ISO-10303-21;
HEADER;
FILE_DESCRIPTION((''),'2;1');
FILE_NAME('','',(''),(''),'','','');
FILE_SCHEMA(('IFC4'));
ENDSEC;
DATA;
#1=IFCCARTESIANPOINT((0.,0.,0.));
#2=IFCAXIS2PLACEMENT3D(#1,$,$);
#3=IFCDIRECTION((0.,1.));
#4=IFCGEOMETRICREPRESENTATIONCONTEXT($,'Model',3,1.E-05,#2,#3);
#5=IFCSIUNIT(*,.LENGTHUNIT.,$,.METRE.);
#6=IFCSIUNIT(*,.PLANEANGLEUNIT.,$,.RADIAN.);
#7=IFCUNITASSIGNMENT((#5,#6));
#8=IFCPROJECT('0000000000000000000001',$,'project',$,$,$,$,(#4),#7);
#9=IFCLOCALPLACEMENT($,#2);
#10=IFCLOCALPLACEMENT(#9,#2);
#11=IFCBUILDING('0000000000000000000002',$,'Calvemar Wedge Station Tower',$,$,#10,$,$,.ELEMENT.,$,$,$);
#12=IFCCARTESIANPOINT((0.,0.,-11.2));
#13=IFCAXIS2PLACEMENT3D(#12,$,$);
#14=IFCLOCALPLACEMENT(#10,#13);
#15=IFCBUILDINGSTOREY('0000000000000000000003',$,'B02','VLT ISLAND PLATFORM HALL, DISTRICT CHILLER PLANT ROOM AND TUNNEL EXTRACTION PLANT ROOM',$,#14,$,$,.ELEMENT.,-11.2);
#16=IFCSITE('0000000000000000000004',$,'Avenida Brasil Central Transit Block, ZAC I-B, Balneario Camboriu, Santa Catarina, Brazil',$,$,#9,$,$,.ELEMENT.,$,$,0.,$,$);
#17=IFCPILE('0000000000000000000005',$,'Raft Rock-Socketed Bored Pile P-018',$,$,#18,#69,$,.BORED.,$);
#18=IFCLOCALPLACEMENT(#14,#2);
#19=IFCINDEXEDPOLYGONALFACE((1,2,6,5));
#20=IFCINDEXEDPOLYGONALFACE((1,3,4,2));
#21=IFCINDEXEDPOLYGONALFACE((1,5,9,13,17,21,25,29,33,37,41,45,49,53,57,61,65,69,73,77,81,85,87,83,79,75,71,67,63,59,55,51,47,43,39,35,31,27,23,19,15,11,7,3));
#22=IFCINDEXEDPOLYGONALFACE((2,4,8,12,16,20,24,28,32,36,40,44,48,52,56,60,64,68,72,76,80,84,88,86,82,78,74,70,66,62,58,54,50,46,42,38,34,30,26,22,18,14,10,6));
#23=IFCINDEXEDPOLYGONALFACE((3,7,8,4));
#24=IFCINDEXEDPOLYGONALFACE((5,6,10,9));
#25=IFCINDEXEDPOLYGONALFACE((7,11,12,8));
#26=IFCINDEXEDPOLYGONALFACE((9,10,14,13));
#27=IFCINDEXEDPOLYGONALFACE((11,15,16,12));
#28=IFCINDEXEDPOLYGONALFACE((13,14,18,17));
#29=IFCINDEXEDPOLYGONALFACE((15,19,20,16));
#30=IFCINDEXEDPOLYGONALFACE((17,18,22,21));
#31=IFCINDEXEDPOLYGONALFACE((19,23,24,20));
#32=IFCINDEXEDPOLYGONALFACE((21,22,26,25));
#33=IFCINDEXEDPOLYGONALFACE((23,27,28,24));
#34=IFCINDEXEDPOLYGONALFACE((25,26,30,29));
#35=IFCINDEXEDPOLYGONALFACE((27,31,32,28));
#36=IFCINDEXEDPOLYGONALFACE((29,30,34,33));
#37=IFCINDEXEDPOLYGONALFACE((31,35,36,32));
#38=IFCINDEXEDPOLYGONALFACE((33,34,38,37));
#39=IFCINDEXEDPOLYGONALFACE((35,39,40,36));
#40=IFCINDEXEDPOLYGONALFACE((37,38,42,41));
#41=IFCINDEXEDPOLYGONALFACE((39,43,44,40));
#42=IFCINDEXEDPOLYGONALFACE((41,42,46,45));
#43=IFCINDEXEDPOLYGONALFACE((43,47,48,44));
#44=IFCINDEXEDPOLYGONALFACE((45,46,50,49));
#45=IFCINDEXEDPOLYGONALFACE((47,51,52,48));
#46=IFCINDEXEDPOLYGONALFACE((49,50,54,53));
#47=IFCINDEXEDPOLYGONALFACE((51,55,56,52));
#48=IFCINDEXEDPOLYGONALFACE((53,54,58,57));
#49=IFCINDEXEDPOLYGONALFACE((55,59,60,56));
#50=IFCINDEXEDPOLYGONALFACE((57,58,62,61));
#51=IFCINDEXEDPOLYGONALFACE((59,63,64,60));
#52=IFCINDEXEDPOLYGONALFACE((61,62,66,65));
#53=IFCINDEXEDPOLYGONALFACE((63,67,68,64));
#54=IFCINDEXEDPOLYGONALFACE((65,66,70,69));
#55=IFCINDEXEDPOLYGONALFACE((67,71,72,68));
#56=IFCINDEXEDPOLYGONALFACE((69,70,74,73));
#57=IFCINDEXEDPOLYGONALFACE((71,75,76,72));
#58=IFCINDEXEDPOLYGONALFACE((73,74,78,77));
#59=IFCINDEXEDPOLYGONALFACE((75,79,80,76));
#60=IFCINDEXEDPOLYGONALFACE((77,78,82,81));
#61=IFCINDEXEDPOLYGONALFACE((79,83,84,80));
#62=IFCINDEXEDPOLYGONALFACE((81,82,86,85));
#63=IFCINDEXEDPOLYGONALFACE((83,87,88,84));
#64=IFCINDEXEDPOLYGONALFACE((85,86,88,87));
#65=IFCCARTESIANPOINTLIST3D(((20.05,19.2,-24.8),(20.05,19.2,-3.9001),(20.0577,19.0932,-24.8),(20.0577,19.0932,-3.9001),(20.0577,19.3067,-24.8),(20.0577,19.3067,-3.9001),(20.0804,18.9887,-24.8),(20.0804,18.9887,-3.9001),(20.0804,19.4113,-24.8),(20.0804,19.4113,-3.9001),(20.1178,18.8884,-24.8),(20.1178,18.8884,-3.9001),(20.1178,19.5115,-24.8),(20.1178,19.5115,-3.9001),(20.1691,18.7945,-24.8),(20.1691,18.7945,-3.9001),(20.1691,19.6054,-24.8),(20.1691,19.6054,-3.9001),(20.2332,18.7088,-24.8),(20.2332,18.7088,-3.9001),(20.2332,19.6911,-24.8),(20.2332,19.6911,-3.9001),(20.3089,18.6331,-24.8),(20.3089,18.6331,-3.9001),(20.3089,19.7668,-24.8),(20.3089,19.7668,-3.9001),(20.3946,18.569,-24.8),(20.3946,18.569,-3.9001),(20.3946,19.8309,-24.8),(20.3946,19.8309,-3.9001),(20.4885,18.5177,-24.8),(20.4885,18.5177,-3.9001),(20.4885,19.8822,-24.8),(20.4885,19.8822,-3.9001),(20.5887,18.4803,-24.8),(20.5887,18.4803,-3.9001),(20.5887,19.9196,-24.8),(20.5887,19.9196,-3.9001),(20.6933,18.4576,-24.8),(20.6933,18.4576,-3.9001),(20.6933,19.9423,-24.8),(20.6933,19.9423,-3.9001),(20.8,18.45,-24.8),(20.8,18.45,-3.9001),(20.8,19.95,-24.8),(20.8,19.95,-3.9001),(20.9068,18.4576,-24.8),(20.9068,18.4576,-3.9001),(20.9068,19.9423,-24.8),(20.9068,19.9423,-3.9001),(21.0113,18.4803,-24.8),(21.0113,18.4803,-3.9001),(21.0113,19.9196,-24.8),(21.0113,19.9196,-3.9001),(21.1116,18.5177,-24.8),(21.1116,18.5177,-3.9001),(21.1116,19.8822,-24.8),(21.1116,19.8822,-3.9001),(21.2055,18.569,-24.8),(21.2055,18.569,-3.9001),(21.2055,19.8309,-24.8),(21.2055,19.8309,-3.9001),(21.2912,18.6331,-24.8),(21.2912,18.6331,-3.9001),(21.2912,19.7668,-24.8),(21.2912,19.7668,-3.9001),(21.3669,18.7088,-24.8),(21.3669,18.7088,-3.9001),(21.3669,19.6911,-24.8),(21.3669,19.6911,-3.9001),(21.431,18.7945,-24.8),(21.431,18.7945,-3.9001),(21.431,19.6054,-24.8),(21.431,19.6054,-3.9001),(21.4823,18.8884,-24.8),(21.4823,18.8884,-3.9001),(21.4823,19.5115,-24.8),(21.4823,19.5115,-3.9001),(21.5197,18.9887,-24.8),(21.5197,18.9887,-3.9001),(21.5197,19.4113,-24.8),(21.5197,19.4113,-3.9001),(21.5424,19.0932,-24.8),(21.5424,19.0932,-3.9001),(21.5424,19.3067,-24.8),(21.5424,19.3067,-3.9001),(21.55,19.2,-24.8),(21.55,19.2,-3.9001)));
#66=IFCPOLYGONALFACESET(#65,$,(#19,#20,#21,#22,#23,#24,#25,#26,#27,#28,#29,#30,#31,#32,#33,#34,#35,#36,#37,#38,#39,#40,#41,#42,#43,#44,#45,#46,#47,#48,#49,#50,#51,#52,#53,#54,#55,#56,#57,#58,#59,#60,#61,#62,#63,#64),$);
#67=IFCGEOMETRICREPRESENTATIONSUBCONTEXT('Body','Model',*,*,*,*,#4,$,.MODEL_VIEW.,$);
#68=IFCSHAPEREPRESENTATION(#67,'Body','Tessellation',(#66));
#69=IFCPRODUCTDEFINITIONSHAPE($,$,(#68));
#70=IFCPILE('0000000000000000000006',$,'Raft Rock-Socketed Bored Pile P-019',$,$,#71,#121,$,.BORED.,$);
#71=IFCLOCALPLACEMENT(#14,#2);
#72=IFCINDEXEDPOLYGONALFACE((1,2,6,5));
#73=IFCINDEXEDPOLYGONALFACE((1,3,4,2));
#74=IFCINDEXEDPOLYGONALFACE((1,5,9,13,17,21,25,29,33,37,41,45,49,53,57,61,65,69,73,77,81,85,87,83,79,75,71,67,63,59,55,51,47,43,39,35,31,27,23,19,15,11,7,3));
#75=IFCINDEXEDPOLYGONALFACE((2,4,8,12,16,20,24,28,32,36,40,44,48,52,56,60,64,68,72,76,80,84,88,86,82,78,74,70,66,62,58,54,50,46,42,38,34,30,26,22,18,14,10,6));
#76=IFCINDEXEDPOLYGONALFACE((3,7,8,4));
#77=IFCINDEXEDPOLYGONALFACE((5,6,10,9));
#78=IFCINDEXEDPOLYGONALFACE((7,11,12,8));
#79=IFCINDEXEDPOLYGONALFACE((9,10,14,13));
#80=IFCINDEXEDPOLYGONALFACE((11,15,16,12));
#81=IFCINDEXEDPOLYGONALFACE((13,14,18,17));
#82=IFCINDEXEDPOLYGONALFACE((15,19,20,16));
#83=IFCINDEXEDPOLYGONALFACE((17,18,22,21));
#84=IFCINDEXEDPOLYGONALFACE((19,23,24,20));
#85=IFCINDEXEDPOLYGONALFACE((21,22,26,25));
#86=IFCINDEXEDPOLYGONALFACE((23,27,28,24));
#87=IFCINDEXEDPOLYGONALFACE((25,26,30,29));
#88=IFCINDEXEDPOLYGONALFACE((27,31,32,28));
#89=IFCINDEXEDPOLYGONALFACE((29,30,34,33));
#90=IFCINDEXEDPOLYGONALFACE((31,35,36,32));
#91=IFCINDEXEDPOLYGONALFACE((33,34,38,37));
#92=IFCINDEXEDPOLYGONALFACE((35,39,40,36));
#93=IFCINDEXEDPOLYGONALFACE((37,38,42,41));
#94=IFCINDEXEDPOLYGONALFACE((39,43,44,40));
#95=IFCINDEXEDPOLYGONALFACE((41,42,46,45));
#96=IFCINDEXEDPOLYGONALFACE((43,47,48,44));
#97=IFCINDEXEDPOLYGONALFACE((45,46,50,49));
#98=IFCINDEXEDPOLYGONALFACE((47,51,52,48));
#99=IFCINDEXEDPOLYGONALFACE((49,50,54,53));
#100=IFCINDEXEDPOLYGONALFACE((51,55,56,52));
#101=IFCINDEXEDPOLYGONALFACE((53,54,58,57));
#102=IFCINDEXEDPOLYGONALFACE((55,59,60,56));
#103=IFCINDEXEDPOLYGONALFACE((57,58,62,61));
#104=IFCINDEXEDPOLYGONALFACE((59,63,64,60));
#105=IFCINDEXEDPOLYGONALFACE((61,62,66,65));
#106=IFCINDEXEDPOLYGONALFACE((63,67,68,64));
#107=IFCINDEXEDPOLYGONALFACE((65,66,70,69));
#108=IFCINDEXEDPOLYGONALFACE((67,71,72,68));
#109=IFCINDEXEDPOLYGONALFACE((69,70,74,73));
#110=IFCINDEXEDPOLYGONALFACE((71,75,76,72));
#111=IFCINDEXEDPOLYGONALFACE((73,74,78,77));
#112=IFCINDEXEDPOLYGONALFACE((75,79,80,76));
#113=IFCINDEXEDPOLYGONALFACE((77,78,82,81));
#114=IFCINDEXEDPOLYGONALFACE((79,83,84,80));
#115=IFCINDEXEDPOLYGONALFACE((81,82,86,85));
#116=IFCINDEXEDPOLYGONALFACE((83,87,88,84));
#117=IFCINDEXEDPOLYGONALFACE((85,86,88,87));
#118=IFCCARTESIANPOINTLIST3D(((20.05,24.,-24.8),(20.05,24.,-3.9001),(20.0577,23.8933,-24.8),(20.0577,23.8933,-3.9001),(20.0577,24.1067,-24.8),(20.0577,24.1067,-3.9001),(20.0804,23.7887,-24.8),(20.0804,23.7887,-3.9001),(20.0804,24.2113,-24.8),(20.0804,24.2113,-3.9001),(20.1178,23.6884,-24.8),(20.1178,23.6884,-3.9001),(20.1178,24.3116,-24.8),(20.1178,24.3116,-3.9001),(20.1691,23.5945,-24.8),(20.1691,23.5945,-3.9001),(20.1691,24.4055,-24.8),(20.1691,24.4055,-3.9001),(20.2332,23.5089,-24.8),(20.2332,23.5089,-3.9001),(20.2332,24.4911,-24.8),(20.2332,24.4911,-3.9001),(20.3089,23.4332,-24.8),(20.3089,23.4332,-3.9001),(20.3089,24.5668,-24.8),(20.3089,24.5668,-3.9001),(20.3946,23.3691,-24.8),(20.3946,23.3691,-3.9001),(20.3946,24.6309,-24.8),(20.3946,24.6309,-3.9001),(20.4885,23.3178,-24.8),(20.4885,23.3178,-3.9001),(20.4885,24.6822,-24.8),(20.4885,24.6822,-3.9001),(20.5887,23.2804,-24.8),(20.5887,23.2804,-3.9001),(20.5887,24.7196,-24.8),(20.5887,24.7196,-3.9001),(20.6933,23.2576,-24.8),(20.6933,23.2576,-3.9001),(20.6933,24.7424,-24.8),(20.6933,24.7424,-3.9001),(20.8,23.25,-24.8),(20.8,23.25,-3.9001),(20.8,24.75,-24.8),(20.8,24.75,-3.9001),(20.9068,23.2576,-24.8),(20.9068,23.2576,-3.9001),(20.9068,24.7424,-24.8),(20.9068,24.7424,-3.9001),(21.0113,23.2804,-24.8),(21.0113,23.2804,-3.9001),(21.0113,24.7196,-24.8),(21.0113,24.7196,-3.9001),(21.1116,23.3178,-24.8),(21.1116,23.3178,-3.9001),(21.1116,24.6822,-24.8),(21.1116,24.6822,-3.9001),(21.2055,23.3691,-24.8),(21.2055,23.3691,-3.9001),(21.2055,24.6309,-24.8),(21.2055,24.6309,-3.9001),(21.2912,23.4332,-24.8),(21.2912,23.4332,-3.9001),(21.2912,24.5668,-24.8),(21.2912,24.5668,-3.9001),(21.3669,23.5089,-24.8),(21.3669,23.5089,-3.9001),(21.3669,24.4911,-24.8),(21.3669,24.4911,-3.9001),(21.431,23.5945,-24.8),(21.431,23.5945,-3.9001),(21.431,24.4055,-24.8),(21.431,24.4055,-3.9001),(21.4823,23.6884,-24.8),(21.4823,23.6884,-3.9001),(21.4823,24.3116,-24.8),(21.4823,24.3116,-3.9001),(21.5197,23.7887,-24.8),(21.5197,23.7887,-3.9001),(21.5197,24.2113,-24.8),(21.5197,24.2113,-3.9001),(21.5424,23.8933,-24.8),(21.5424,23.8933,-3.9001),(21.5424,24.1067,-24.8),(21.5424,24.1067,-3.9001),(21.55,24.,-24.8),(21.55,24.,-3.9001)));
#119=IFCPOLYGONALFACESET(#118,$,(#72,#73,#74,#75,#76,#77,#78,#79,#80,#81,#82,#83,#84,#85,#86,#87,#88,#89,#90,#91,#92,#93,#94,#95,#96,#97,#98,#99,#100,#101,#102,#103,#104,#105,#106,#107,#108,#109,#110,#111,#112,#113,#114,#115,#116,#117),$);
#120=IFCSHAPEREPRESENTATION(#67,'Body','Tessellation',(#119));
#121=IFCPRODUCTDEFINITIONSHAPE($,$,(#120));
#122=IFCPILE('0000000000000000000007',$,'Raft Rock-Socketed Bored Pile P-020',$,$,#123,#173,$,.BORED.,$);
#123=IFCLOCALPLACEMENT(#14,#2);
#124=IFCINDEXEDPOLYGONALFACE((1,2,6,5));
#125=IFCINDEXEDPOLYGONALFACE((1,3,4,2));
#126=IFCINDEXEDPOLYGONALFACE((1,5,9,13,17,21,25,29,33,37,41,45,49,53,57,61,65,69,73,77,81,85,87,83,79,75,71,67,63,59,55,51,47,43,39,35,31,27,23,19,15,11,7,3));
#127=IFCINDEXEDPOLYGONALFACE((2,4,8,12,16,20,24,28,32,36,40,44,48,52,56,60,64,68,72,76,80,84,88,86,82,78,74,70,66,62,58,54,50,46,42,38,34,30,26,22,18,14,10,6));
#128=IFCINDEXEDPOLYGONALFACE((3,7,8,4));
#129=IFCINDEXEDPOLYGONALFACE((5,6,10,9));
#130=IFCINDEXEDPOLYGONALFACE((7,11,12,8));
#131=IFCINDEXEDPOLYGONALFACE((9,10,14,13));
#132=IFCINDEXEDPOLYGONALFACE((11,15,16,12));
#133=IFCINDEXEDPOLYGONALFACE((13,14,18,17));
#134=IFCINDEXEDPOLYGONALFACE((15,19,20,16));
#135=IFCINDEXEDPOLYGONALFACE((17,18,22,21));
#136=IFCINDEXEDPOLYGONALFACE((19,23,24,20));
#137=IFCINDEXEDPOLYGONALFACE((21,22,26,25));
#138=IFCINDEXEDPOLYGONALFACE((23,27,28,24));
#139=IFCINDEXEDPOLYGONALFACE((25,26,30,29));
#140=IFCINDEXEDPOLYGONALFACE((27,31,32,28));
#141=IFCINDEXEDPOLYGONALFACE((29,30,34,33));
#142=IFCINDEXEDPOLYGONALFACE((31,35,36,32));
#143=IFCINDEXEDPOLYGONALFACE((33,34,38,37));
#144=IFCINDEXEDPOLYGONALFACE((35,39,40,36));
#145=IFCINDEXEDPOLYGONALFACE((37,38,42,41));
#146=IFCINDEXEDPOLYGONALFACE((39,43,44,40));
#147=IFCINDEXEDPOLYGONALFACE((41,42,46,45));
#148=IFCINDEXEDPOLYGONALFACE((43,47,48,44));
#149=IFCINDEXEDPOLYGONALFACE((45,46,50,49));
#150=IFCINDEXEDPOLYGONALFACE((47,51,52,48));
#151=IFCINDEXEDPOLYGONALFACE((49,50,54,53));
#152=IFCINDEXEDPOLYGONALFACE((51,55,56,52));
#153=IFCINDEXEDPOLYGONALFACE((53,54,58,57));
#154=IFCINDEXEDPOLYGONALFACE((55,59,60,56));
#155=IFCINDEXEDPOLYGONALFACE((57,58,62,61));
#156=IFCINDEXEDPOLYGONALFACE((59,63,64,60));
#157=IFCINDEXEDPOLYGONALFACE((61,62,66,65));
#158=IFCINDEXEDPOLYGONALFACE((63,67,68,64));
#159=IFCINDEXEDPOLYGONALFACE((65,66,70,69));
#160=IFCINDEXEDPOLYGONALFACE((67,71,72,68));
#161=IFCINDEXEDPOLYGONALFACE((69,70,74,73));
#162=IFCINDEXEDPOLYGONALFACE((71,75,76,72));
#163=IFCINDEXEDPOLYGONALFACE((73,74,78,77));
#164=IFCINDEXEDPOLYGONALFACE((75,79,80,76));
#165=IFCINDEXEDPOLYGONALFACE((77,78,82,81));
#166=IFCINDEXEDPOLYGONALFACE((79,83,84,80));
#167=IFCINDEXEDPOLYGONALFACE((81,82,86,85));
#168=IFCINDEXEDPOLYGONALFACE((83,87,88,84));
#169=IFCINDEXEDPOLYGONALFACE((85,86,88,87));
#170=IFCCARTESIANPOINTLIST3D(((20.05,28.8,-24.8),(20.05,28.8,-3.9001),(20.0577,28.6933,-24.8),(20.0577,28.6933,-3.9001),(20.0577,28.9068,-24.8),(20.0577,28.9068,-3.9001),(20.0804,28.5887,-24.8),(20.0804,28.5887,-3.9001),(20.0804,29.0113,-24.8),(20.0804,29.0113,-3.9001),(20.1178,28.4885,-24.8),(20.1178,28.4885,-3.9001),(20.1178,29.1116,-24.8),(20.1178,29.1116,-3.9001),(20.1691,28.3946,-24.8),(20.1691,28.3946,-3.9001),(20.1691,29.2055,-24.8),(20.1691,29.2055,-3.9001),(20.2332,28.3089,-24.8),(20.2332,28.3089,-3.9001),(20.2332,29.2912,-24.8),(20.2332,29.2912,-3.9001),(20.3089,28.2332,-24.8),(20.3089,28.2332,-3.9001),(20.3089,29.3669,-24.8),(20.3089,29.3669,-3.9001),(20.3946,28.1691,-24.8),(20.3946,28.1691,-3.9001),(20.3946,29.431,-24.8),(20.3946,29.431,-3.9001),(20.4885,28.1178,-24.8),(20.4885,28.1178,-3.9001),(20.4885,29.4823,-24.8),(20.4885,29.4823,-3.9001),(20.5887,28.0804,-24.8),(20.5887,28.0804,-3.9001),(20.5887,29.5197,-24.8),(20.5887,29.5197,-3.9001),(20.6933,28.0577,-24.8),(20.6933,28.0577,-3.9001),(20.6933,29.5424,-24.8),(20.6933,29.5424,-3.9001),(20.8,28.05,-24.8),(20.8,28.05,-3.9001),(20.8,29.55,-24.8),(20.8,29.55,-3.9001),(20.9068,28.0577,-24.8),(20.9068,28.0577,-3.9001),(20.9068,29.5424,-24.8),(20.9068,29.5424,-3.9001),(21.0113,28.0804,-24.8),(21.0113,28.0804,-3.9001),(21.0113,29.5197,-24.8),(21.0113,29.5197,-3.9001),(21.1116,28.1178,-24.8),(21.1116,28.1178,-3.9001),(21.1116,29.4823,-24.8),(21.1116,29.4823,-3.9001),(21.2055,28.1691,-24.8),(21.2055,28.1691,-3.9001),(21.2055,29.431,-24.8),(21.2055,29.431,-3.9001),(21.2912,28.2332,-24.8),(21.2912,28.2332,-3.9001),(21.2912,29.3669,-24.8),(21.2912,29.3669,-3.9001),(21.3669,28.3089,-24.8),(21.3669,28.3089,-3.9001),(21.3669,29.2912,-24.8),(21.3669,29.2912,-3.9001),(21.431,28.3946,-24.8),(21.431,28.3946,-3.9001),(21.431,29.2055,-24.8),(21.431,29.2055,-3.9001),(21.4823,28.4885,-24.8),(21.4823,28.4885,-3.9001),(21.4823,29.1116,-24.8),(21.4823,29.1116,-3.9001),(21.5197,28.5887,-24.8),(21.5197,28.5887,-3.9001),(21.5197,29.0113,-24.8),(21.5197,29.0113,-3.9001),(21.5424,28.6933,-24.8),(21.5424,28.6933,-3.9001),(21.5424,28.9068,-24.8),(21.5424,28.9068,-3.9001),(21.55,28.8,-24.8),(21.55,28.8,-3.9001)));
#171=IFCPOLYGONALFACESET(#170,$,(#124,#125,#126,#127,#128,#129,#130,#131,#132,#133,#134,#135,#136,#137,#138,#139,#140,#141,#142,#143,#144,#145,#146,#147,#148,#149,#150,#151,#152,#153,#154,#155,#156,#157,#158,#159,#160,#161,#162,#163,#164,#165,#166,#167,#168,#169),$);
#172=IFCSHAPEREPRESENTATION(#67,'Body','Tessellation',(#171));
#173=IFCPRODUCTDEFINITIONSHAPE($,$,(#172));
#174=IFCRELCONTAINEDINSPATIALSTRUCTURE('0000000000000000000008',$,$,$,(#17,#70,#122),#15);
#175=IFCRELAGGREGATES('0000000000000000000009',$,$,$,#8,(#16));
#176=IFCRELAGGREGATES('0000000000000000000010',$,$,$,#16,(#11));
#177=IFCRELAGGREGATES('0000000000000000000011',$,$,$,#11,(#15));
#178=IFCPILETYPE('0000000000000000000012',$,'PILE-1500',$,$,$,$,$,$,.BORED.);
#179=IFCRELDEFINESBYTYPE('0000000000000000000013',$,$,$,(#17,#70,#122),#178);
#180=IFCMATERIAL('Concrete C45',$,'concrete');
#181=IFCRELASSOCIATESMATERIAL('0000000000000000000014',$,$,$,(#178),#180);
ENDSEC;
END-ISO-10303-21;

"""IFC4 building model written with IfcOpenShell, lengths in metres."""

from ifc_helpers import new_model, si_unit, direction, frame, origin, origin_2d, place, context, subcontext, project, spatial, circle, extrude, material, material_profile, profile_set, type_object, element, save


model = new_model("IFC4")

# Units and contexts
model_context = context("Model", 3, precision=1e-05, world=origin(), true_north=direction((0.0, 1.0)))
body_context = subcontext(model_context, "Body", "Model", "MODEL_VIEW")
ifc_project = project(units=[si_unit("LENGTHUNIT", "METRE"), si_unit("PLANEANGLEUNIT", "RADIAN")], contexts=[model_context])

# Site, building, storey
site_placement = place(None, origin())
site = spatial("IfcSite", under=ifc_project, at=site_placement, Name="Avenida Brasil Central Transit Block, ZAC I-B, Balneario Camboriu, Santa Catarina, Brazil", CompositionType="ELEMENT", RefElevation=0.0)
building_placement = place(site_placement, origin())
building = spatial("IfcBuilding", under=site, at=building_placement, Name="Calvemar Wedge Station Tower", CompositionType="ELEMENT")
storey_placement = place(building_placement, frame((0.0, 0.0, -11.2)))
storey = spatial("IfcBuildingStorey", under=building, at=storey_placement, Name="B02", Description="VLT ISLAND PLATFORM HALL, DISTRICT CHILLER PLANT ROOM AND TUNNEL EXTRACTION PLANT ROOM", CompositionType="ELEMENT", Elevation=-11.2)

# Piles
ifc_material_1 = material(Name="Concrete C45", Category="concrete")
ifc_material_profile_1 = material_profile(ifc_material_1, circle(Radius=0.75, at=origin_2d()), Name="PILE-D1500")
ifc_profile_set_1 = profile_set([ifc_material_profile_1], Name="Concrete C45")
pile_type = type_object("IfcPileType", Name="PILE-1500", PredefinedType="BORED", material=ifc_profile_set_1)
for number, where, z_axis, x_axis, name in (
    (1, (20.8, 19.2, -3.9001), (0.0, 0.0, -1.0), (1.0, 0.0, 0.0), "Raft Rock-Socketed Bored Pile P-018"),
    (2, (20.8, 24.0, -3.9001), (0.0, 0.0, -1.0), (1.0, 0.0, 0.0), "Raft Rock-Socketed Bored Pile P-019"),
    (3, (20.8, 28.8, -3.9001), (0.0, 0.0, -1.0), (1.0, 0.0, 0.0), "Raft Rock-Socketed Bored Pile P-020"),
):
    element("IfcPile", number, at=place(storey_placement, frame(where, z_axis=z_axis, x_axis=x_axis)), inside=storey, type_object=pile_type, Name=name, PredefinedType="BORED", context=body_context, shape_type="SweptSolid", body=[
        extrude(circle(Radius=0.75, at=origin_2d()), origin(), (0.0, 0.0, 1.0), 20.8999),
    ])

save(model, "model.ifc")
